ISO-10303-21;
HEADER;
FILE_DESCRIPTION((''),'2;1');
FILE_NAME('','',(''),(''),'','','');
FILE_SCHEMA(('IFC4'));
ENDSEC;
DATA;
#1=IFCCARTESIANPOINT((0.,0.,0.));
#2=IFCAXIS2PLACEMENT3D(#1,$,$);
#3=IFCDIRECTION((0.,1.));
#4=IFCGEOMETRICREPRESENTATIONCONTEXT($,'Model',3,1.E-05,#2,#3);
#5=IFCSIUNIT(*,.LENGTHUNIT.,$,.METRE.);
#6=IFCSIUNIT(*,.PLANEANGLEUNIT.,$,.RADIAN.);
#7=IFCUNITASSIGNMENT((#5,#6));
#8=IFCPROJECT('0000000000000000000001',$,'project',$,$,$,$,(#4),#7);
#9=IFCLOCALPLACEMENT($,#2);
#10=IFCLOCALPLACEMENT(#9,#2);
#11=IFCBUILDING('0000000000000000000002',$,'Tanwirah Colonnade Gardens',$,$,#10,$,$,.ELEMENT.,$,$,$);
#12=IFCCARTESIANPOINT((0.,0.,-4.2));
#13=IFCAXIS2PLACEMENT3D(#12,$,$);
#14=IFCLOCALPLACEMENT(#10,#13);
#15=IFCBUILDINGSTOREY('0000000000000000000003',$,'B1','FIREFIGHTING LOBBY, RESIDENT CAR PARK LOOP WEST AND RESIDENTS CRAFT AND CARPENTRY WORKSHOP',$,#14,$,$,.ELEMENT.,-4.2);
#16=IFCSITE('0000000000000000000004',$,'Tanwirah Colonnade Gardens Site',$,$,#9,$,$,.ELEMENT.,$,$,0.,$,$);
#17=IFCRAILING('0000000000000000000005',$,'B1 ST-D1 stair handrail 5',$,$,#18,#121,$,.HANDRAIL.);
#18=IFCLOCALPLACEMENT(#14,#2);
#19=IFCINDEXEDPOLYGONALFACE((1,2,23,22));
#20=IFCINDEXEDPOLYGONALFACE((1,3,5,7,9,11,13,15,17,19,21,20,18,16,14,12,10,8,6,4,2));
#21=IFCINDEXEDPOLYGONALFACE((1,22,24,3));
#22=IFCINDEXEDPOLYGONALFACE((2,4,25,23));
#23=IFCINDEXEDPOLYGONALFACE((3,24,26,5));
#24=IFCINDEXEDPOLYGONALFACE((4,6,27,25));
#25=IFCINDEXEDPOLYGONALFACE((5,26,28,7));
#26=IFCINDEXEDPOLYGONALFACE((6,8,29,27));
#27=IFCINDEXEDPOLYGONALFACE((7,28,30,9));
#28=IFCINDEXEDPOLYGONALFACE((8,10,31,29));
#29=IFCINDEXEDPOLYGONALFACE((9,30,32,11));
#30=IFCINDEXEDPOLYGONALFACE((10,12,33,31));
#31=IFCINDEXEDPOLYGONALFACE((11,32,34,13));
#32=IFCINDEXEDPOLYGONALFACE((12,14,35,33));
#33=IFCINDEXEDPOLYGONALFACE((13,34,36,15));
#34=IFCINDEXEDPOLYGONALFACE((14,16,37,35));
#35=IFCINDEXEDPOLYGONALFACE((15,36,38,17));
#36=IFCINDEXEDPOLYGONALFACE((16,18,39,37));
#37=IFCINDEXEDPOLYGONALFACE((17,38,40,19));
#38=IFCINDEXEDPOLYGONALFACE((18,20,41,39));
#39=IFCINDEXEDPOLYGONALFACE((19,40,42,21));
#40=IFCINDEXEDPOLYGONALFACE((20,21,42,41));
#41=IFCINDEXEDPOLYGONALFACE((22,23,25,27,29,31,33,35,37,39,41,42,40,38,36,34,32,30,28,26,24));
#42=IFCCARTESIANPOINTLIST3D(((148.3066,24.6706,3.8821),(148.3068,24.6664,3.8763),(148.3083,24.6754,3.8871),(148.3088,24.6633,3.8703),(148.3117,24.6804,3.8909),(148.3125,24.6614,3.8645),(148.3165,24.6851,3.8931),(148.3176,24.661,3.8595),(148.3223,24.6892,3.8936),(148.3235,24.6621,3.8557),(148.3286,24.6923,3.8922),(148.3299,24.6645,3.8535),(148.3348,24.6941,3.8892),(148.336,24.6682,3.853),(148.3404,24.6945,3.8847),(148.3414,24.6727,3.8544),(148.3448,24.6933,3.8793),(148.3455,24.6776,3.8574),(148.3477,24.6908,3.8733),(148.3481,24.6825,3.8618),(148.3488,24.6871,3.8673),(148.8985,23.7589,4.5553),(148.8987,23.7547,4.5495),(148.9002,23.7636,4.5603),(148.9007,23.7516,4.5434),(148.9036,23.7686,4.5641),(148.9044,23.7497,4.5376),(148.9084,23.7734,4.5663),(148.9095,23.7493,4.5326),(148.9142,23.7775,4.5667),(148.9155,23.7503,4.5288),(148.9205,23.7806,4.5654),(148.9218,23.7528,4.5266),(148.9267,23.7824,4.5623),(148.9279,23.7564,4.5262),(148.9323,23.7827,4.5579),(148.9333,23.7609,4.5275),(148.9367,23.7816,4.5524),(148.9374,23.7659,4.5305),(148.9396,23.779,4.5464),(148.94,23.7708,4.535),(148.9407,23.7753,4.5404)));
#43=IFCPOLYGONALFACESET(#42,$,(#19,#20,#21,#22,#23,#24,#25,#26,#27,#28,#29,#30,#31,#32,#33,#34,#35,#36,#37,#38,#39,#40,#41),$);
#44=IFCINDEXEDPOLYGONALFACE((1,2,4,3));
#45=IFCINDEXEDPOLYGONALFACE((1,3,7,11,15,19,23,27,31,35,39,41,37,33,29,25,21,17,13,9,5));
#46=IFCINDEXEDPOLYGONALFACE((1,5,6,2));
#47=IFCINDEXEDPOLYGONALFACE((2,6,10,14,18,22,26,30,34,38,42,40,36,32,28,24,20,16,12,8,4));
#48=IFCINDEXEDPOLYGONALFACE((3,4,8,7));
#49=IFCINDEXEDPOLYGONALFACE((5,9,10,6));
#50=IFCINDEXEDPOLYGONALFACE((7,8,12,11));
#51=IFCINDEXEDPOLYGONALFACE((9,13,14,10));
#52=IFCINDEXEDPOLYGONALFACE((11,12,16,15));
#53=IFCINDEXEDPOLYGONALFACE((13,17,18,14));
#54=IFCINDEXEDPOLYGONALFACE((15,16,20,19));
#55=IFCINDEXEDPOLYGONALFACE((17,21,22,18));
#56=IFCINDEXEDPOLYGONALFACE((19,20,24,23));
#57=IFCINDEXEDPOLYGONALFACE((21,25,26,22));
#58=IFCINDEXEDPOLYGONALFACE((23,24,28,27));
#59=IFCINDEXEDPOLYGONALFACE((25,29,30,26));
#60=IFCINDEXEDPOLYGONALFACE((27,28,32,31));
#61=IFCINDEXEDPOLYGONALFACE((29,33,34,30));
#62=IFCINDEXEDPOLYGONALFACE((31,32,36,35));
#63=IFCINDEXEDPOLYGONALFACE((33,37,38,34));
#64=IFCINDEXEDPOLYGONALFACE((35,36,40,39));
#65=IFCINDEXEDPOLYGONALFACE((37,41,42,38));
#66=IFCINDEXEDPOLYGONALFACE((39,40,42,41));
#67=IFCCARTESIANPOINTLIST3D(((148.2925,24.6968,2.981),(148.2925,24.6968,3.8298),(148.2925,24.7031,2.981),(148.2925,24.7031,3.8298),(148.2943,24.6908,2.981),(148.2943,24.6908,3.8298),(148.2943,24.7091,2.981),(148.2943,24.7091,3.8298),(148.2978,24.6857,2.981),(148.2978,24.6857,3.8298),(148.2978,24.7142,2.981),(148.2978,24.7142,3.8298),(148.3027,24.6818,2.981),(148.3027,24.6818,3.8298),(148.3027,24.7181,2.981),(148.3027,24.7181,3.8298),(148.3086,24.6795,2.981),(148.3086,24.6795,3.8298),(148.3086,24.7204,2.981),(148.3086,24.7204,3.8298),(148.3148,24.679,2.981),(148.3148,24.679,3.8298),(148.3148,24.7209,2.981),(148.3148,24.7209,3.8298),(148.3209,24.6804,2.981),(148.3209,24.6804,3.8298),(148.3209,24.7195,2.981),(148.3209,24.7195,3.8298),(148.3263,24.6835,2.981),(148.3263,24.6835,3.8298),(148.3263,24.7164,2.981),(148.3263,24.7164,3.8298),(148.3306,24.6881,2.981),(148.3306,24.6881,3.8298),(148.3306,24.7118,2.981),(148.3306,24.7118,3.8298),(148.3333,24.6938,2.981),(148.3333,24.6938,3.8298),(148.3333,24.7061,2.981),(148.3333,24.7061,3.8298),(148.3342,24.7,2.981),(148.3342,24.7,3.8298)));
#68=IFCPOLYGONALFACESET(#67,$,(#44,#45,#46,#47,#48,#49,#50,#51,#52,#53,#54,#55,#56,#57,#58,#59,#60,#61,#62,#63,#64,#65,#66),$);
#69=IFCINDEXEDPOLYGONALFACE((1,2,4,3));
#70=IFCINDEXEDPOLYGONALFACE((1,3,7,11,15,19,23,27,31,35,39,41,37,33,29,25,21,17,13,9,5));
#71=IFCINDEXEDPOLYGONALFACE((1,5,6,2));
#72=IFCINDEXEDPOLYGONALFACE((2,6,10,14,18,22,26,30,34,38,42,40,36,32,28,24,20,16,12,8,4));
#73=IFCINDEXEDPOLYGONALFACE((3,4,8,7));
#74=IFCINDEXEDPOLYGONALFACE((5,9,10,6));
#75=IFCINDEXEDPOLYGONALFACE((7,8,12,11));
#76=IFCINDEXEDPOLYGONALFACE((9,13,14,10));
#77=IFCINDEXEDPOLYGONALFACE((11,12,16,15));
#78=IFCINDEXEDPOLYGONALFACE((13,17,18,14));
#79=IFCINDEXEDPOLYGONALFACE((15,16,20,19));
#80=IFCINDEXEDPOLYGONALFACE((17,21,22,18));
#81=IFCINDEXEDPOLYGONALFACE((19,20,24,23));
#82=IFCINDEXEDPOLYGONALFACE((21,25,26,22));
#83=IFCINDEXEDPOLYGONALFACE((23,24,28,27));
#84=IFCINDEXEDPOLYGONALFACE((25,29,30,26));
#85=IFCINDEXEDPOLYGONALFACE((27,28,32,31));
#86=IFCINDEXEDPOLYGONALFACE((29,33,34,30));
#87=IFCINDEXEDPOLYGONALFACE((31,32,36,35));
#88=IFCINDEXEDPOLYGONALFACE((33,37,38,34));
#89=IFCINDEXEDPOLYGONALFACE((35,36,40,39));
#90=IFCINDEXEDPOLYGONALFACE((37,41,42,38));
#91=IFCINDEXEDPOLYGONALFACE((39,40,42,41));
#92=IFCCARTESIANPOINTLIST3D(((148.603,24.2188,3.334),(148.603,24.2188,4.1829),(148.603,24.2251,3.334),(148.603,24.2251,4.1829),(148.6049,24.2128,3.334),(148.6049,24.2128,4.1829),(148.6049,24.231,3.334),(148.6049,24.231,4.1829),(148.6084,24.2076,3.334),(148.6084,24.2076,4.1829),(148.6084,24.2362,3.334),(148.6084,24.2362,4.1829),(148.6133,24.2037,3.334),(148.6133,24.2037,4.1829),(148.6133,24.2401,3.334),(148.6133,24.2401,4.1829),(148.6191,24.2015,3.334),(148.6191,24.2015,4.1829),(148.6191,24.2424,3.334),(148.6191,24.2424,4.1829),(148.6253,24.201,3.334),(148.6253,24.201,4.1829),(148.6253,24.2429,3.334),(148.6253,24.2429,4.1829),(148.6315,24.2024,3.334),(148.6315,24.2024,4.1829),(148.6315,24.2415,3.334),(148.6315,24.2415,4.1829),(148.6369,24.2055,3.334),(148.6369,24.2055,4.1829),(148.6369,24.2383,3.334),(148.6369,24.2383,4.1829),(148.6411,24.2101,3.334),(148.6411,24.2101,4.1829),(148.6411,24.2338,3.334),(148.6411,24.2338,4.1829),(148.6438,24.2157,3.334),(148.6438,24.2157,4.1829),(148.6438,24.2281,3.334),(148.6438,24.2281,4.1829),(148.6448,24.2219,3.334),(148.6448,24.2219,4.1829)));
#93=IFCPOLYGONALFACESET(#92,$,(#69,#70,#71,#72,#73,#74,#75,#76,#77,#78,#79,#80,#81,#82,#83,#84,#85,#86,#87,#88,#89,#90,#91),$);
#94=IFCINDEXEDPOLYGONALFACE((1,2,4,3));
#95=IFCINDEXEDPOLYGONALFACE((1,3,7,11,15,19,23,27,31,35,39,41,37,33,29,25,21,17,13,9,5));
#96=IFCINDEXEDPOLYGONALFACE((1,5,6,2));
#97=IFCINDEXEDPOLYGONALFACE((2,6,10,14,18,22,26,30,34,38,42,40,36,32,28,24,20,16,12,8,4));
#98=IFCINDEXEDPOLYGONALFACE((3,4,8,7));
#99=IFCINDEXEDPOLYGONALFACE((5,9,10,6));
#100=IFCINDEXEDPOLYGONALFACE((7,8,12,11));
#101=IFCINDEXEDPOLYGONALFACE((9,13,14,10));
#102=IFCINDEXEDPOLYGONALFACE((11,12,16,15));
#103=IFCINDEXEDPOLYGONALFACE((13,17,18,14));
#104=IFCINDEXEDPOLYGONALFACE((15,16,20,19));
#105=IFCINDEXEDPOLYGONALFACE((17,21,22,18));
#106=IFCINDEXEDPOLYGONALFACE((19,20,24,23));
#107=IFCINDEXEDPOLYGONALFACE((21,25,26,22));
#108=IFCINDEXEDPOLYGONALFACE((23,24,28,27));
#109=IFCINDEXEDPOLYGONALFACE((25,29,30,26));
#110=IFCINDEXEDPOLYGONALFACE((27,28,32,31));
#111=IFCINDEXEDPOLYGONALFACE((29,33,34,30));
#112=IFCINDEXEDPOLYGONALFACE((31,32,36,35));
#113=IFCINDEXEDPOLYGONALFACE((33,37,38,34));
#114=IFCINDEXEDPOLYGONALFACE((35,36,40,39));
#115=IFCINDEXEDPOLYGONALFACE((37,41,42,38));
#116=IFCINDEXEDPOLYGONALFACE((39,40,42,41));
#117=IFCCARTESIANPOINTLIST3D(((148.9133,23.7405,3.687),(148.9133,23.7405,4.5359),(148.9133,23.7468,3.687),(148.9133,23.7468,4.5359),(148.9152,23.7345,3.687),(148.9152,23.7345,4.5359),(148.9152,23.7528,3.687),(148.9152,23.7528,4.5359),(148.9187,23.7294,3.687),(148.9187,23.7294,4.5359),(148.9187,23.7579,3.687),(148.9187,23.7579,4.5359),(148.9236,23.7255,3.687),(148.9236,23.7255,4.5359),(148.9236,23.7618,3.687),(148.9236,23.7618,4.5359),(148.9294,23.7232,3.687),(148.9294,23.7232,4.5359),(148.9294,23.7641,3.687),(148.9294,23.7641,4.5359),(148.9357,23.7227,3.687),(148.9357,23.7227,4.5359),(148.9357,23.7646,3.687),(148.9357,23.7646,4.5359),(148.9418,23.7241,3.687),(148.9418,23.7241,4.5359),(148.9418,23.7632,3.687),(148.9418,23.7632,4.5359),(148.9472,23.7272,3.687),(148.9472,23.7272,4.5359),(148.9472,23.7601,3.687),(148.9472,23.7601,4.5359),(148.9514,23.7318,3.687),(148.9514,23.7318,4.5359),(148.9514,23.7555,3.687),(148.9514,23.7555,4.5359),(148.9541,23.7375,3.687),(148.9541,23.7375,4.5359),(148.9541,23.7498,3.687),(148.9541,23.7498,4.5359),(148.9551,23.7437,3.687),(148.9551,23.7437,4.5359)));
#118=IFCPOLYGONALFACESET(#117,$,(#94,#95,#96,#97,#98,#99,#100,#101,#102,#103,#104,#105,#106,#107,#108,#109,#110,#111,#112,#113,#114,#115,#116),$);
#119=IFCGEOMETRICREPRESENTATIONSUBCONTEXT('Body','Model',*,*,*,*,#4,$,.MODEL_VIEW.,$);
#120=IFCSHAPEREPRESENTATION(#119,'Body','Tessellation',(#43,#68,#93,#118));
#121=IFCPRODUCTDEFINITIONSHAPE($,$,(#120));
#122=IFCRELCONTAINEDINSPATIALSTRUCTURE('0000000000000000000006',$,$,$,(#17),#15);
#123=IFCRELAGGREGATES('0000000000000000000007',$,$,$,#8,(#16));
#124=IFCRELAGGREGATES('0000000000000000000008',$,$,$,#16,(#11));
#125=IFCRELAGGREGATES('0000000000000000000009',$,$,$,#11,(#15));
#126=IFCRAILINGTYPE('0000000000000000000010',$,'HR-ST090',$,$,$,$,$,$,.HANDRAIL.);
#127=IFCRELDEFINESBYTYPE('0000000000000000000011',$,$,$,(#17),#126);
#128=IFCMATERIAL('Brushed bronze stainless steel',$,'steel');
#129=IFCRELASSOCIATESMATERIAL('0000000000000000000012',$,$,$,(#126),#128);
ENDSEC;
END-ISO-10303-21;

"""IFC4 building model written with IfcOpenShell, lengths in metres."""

from ifc_helpers import new_model, si_unit, direction, frame, origin, origin_2d, place, context, subcontext, project, spatial, circle, extrude, material, type_object, element, save


model = new_model("IFC4")

# Units and contexts
model_context = context("Model", 3, precision=1e-05, world=origin(), true_north=direction((0.0, 1.0)))
body_context = subcontext(model_context, "Body", "Model", "MODEL_VIEW")
ifc_project = project(units=[si_unit("LENGTHUNIT", "METRE"), si_unit("PLANEANGLEUNIT", "RADIAN")], contexts=[model_context])

# Site, building, storey
site_placement = place(None, origin())
site = spatial("IfcSite", under=ifc_project, at=site_placement, Name="Tanwirah Colonnade Gardens Site", CompositionType="ELEMENT", RefElevation=0.0)
building_placement = place(site_placement, origin())
building = spatial("IfcBuilding", under=site, at=building_placement, Name="Tanwirah Colonnade Gardens", CompositionType="ELEMENT")
storey_placement = place(building_placement, frame((0.0, 0.0, -4.2)))
storey = spatial("IfcBuildingStorey", under=building, at=storey_placement, Name="B1", Description="FIREFIGHTING LOBBY, RESIDENT CAR PARK LOOP WEST AND RESIDENTS CRAFT AND CARPENTRY WORKSHOP", CompositionType="ELEMENT", Elevation=-4.2)

# Railing
ifc_material_1 = material(Name="Brushed bronze stainless steel", Category="steel")
railing_type_1 = type_object("IfcRailingType", Name="HR-ST090", PredefinedType="HANDRAIL", material=ifc_material_1)
railing_1_placement = place(storey_placement, frame((148.3132, 24.7, 2.981)))
element("IfcRailing", 1, at=railing_1_placement, inside=storey, type_object=railing_type_1, Name="B1 ST-D1 stair handrail 5", PredefinedType="HANDRAIL", context=body_context, shape_type="SweptSolid", body=[
    extrude(circle(Radius=0.0239, at=origin_2d()), frame((0.0144, -0.0222, 0.8923), z_axis=(0.46295, -0.713085, 0.526485), x_axis=(0.838742, 0.544529, 0.0)), (0.0, 0.0, 1.0), 1.2786),
    extrude(circle(Radius=0.021, at=origin_2d()), origin(), (0.0, 0.0, 1.0), 0.8489),
    extrude(circle(Radius=0.021, at=origin_2d()), frame((0.3105, -0.478, 0.353)), (0.0, 0.0, 1.0), 0.8489),
    extrude(circle(Radius=0.021, at=origin_2d()), frame((0.6208, -0.9563, 0.7061)), (0.0, 0.0, 1.0), 0.8489),
])

save(model, "model.ifc")
